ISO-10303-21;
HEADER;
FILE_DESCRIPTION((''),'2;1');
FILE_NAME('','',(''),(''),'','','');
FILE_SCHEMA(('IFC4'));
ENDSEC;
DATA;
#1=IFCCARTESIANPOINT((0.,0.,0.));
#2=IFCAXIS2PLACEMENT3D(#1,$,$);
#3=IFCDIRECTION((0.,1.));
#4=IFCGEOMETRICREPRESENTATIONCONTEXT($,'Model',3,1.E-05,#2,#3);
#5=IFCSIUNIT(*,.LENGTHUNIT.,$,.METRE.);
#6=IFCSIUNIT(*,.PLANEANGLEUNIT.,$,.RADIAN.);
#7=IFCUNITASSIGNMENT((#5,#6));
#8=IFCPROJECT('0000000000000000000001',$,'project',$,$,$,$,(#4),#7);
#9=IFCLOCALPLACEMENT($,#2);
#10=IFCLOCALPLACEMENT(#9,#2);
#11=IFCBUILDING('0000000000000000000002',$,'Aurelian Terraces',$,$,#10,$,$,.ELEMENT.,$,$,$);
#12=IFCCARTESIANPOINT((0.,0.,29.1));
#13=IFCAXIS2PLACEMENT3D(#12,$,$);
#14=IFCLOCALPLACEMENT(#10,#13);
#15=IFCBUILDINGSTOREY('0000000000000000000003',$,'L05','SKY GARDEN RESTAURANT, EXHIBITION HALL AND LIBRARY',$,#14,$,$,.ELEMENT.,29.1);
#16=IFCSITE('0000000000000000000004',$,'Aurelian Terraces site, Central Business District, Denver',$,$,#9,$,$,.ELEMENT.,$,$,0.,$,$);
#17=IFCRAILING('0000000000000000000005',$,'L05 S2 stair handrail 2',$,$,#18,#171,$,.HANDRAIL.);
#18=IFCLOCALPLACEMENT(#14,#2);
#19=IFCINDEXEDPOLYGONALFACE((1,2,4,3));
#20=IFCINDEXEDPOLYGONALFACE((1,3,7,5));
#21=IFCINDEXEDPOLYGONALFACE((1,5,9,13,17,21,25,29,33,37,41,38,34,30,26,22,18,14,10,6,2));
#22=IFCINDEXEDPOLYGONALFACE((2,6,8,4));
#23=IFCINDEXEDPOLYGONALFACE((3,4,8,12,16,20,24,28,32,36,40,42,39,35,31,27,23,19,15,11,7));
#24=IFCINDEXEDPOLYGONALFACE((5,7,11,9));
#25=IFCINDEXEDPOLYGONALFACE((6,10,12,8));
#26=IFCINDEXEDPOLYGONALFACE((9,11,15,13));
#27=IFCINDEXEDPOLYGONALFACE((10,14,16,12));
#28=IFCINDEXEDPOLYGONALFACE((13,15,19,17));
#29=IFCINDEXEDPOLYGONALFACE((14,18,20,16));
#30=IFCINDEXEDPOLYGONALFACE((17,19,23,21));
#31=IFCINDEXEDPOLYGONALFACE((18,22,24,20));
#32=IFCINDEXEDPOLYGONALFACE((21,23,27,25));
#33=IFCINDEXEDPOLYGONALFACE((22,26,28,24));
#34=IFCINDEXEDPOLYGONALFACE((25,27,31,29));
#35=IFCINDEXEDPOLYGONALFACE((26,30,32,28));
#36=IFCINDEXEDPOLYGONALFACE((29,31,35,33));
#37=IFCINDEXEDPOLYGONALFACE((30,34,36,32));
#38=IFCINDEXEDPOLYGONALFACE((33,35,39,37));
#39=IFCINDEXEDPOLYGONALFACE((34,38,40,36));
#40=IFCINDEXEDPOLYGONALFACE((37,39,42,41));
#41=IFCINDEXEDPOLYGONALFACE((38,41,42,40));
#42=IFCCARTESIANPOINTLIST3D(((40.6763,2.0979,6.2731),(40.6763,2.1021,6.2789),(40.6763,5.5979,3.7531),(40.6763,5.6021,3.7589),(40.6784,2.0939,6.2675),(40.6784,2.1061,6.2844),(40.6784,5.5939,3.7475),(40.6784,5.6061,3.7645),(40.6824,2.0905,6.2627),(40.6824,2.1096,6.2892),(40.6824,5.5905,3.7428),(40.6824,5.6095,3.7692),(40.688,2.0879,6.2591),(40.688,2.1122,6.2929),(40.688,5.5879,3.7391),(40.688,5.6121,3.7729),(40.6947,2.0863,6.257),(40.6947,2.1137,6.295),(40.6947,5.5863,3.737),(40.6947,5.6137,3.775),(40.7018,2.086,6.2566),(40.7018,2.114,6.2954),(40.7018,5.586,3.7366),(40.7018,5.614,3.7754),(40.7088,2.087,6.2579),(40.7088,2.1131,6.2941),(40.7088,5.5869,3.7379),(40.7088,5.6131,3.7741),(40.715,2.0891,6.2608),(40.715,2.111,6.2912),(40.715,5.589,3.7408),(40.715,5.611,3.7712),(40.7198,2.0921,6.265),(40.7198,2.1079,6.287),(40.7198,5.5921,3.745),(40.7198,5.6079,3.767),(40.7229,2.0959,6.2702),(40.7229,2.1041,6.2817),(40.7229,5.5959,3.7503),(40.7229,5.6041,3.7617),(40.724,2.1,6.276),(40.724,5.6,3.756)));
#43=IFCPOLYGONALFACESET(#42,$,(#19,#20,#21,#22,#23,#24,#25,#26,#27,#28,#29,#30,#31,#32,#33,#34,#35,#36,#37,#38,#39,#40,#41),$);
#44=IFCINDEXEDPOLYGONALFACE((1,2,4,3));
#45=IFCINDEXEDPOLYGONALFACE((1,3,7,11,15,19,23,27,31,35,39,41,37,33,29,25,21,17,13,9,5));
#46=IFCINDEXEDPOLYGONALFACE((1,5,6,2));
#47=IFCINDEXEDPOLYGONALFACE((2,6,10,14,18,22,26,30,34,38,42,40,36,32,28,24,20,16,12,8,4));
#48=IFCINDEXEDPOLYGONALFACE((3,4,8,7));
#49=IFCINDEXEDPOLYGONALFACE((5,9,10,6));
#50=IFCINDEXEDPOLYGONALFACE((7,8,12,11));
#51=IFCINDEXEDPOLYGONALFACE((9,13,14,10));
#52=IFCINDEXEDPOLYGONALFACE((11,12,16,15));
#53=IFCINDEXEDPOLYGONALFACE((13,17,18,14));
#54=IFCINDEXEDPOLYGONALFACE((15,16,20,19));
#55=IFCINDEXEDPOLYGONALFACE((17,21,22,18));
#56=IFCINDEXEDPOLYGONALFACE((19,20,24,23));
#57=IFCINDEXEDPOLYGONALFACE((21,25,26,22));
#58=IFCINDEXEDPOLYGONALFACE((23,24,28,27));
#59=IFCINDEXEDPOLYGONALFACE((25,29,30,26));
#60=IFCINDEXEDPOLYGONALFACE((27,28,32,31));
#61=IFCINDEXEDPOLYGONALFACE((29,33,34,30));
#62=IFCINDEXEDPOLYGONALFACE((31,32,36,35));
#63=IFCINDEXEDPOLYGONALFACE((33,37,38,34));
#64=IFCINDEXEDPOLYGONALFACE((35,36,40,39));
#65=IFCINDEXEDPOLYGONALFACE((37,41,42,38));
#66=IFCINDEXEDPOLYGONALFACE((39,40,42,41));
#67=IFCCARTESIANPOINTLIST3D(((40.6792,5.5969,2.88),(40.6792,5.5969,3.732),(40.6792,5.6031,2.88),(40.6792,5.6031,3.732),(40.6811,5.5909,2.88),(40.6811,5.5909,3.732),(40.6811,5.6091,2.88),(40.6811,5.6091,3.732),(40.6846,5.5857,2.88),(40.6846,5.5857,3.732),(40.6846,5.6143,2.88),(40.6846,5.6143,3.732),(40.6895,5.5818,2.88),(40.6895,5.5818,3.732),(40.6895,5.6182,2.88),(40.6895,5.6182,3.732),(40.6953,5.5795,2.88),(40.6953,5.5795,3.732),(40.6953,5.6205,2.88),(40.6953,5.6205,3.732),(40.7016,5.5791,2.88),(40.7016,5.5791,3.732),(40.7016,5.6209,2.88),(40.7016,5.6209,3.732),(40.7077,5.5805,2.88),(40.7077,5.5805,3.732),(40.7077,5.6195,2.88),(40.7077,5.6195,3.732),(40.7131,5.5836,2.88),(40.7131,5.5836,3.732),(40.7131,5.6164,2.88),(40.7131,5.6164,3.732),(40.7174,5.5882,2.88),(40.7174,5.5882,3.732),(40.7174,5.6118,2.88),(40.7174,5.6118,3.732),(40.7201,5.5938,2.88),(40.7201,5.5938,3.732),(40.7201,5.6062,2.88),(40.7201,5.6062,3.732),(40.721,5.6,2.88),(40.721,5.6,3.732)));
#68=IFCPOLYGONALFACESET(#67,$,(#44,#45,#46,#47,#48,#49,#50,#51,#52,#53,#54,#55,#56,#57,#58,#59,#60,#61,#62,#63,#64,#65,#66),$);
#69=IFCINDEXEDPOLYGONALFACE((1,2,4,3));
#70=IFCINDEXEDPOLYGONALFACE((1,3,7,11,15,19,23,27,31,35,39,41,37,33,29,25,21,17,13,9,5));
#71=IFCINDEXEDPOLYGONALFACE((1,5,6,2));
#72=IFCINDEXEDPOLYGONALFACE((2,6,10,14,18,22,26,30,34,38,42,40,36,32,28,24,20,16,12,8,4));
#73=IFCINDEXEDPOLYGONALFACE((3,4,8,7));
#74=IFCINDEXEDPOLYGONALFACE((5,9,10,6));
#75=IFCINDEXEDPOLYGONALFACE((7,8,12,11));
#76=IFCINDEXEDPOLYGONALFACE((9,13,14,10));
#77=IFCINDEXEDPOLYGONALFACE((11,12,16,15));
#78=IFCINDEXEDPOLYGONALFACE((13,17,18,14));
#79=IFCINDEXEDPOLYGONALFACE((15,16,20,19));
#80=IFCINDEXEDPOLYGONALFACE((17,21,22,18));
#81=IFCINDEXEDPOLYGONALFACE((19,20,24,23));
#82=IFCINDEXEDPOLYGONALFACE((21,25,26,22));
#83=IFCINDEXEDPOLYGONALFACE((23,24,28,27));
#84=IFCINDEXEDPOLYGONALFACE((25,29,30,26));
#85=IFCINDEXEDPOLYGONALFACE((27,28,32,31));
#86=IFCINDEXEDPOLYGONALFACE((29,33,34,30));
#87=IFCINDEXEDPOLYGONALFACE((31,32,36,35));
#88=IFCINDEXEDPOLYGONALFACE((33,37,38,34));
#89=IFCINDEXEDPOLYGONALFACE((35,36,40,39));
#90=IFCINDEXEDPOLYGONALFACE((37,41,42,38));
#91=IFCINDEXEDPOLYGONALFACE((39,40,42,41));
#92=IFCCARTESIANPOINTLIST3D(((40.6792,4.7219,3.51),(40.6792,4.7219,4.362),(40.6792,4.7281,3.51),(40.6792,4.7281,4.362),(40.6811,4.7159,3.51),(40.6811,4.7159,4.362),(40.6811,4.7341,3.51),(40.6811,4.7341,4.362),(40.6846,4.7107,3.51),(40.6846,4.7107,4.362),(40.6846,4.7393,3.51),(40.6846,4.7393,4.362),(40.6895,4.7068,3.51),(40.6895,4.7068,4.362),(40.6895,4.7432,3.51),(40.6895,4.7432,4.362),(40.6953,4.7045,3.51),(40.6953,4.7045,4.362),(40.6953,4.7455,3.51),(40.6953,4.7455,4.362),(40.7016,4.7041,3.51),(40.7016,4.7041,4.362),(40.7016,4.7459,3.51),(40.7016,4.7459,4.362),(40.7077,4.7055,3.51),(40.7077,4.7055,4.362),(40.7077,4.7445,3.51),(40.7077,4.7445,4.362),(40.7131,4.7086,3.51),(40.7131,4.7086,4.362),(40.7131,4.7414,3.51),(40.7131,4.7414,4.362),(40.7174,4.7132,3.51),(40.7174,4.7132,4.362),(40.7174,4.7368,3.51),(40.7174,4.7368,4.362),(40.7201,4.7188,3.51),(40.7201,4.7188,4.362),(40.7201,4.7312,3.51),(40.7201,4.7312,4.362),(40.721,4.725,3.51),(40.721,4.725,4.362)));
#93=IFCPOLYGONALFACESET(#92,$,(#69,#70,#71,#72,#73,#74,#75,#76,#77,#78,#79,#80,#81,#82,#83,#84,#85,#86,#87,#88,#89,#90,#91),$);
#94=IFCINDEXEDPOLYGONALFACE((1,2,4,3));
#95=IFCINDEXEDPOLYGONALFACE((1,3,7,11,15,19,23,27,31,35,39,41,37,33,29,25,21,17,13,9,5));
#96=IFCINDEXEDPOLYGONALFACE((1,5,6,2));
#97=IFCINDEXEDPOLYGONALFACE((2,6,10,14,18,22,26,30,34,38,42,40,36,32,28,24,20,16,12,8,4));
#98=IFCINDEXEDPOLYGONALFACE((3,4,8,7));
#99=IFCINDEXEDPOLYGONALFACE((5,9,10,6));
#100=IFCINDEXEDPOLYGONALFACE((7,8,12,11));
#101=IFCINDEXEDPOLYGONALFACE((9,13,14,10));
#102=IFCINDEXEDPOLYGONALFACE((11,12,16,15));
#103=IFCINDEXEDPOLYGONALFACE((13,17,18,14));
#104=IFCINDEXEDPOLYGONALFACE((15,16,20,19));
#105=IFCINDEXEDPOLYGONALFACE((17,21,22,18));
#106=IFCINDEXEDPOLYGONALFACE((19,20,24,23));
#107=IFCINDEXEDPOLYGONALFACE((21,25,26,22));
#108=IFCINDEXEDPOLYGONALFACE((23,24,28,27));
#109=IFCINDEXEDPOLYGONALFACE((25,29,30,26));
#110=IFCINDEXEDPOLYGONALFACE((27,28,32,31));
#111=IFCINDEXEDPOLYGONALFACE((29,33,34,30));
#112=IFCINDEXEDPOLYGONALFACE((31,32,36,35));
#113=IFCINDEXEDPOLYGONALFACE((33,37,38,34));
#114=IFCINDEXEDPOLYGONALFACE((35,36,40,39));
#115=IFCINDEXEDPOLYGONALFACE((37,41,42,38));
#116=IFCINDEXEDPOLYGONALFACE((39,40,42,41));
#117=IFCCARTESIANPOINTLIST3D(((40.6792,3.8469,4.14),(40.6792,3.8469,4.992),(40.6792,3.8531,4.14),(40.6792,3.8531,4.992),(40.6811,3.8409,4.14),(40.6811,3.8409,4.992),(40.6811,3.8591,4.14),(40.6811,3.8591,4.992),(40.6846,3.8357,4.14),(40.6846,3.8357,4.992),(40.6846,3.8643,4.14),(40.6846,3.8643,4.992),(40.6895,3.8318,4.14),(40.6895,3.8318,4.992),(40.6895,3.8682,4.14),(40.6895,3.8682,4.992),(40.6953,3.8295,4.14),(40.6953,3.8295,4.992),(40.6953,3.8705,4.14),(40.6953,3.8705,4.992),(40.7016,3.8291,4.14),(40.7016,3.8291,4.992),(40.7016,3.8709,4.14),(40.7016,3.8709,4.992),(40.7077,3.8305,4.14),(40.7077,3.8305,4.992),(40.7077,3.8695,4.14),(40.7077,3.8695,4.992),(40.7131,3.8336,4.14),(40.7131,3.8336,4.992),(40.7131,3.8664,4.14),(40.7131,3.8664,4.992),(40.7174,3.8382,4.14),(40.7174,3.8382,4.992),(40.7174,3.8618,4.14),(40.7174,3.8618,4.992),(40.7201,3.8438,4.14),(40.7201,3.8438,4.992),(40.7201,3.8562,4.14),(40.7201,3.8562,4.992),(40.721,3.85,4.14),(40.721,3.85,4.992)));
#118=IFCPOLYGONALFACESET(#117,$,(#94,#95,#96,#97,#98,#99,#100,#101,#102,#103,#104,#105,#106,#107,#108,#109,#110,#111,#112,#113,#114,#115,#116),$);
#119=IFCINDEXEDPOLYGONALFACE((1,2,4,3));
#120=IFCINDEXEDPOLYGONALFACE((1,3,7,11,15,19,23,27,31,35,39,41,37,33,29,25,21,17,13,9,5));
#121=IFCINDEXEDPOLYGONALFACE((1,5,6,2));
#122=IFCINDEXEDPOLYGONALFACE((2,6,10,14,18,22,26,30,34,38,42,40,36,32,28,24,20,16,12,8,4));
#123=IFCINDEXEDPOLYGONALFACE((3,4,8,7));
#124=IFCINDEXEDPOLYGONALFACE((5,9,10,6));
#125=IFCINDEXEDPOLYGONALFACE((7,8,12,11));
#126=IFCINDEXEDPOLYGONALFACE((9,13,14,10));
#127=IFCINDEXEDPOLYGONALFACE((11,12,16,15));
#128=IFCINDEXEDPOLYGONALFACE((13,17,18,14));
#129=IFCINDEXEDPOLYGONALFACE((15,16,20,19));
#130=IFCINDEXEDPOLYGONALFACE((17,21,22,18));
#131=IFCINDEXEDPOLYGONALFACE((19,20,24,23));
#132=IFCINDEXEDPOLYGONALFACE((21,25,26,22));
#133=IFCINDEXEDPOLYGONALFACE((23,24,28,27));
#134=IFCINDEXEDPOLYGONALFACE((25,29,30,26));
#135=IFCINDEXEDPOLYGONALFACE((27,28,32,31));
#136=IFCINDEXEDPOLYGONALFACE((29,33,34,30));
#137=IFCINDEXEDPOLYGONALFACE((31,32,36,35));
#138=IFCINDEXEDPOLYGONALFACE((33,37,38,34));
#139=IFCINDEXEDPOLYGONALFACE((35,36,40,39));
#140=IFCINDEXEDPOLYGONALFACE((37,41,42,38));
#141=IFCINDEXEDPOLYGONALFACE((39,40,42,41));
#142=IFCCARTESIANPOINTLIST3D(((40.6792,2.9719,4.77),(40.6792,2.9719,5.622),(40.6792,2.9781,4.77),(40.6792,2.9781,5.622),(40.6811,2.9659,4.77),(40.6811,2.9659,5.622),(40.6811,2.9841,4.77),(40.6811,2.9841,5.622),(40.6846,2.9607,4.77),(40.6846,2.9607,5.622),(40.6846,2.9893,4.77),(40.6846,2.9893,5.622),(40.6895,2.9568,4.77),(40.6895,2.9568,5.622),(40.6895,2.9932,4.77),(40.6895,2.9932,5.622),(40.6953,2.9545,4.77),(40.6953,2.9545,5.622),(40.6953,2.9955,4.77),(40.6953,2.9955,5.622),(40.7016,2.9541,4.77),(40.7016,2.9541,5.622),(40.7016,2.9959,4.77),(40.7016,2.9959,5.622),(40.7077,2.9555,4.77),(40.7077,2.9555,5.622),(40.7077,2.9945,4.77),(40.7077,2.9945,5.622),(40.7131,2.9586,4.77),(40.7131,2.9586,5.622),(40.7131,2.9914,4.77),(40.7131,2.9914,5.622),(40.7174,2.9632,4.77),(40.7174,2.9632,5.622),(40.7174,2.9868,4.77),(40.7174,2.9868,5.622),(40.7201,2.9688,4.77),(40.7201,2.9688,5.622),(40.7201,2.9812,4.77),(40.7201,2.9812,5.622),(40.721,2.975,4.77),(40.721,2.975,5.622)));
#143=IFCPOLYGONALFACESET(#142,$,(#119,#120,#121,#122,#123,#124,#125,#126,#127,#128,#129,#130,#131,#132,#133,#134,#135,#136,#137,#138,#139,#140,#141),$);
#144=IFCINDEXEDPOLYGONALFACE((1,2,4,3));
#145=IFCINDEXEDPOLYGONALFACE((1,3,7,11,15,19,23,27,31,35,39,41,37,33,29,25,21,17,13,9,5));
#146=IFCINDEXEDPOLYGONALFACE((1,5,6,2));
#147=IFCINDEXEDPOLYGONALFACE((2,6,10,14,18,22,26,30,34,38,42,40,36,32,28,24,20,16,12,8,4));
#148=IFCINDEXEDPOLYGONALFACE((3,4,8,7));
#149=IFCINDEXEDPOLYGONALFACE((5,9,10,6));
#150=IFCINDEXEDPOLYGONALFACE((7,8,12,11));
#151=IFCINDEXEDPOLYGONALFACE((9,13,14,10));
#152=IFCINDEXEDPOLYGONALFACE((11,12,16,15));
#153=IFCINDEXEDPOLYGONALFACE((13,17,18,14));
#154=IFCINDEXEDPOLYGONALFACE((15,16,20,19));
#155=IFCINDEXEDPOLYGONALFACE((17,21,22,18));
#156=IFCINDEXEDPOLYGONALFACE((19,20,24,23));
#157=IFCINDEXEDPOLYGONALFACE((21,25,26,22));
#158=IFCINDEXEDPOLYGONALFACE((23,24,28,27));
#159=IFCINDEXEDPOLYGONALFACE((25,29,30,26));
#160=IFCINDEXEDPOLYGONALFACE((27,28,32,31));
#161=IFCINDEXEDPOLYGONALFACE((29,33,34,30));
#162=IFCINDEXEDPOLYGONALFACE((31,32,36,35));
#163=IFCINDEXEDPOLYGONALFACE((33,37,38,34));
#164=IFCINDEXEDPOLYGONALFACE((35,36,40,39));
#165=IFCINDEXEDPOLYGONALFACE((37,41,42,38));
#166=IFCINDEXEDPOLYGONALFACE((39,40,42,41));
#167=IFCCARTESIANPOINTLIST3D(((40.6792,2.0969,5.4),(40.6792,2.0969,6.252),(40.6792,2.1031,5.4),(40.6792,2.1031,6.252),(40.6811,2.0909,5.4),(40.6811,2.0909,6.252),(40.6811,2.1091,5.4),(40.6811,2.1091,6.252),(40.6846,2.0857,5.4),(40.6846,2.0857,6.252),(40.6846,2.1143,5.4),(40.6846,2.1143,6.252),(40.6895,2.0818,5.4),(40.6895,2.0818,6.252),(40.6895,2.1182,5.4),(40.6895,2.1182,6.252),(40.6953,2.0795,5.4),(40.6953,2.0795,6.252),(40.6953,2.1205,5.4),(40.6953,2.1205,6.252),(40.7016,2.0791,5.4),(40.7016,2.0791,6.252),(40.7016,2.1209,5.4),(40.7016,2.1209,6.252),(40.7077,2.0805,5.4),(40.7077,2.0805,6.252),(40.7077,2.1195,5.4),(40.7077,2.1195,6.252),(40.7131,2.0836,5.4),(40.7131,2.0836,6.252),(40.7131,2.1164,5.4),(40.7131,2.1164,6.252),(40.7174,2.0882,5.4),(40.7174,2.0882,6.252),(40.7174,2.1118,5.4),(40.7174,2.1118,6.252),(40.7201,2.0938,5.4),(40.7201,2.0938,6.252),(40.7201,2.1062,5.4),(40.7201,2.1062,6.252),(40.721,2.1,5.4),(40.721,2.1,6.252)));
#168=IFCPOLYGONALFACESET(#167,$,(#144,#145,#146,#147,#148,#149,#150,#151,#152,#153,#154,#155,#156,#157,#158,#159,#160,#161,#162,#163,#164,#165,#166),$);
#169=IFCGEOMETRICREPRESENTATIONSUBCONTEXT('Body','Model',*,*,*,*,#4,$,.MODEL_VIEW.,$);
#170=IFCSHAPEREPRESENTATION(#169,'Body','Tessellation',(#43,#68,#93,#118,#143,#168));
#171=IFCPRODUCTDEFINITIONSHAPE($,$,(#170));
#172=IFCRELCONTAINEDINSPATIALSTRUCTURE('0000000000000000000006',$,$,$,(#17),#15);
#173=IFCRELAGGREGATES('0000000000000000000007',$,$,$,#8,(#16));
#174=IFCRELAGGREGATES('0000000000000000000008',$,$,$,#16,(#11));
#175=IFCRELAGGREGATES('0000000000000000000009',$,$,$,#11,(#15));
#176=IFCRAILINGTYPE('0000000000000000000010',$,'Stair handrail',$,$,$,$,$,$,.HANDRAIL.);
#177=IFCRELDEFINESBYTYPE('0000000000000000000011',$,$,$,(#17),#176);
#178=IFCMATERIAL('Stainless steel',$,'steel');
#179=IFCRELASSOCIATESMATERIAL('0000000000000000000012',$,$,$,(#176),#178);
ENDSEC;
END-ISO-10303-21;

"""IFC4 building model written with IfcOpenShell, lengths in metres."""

from ifc_helpers import new_model, si_unit, direction, frame, origin, origin_2d, place, context, subcontext, project, spatial, circle, extrude, source, transform, mapped, material, type_object, element, save


model = new_model("IFC4")

# Units and contexts
model_context = context("Model", 3, precision=1e-05, world=origin(), true_north=direction((0.0, 1.0)))
body_context = subcontext(model_context, "Body", "Model", "MODEL_VIEW")
ifc_project = project(units=[si_unit("LENGTHUNIT", "METRE"), si_unit("PLANEANGLEUNIT", "RADIAN")], contexts=[model_context])

# Site, building, storey
site_placement = place(None, origin())
site = spatial("IfcSite", under=ifc_project, at=site_placement, Name="Aurelian Terraces site, Central Business District, Denver", CompositionType="ELEMENT", RefElevation=0.0)
building_placement = place(site_placement, origin())
building = spatial("IfcBuilding", under=site, at=building_placement, Name="Aurelian Terraces", CompositionType="ELEMENT")
storey_placement = place(building_placement, frame((0.0, 0.0, 29.1)))
storey = spatial("IfcBuildingStorey", under=building, at=storey_placement, Name="L05", Description="SKY GARDEN RESTAURANT, EXHIBITION HALL AND LIBRARY", CompositionType="ELEMENT", Elevation=29.1)

# Railing
ifc_material_1 = material(Name="Stainless steel", Category="steel")
railing_type_1 = type_object("IfcRailingType", Name="Stair handrail", PredefinedType="HANDRAIL", material=ifc_material_1)
shared_shape_1 = source(origin(), body_context, "Body", "SweptSolid", [
    extrude(circle(Radius=0.024, at=origin_2d()), frame((0.0, 0.0, 0.876), z_axis=(0.0, -0.811534, 0.584305), x_axis=(1.0, 0.0, 0.0)), (0.0, 0.0, 1.0), 4.3128),
    extrude(circle(Radius=0.021, at=origin_2d()), origin(), (0.0, 0.0, 1.0), 0.852),
    extrude(circle(Radius=0.021, at=origin_2d()), frame((0.0, -0.875, 0.63)), (0.0, 0.0, 1.0), 0.852),
    extrude(circle(Radius=0.021, at=origin_2d()), frame((0.0, -1.75, 1.26)), (0.0, 0.0, 1.0), 0.852),
    extrude(circle(Radius=0.021, at=origin_2d()), frame((0.0, -2.625, 1.89)), (0.0, 0.0, 1.0), 0.852),
    extrude(circle(Radius=0.021, at=origin_2d()), frame((0.0, -3.5, 2.52)), (0.0, 0.0, 1.0), 0.852),
])
railing_1_placement = place(storey_placement, frame((40.7, 5.6, 2.88)))
element("IfcRailing", 1, at=railing_1_placement, inside=storey, type_object=railing_type_1, Name="L05 S2 stair handrail 2", PredefinedType="HANDRAIL", context=body_context, shape_type="MappedRepresentation", body=[
    mapped(shared_shape_1, transform((0.0, 0.0, 0.0), scale=1.0)),
])

save(model, "model.ifc")
